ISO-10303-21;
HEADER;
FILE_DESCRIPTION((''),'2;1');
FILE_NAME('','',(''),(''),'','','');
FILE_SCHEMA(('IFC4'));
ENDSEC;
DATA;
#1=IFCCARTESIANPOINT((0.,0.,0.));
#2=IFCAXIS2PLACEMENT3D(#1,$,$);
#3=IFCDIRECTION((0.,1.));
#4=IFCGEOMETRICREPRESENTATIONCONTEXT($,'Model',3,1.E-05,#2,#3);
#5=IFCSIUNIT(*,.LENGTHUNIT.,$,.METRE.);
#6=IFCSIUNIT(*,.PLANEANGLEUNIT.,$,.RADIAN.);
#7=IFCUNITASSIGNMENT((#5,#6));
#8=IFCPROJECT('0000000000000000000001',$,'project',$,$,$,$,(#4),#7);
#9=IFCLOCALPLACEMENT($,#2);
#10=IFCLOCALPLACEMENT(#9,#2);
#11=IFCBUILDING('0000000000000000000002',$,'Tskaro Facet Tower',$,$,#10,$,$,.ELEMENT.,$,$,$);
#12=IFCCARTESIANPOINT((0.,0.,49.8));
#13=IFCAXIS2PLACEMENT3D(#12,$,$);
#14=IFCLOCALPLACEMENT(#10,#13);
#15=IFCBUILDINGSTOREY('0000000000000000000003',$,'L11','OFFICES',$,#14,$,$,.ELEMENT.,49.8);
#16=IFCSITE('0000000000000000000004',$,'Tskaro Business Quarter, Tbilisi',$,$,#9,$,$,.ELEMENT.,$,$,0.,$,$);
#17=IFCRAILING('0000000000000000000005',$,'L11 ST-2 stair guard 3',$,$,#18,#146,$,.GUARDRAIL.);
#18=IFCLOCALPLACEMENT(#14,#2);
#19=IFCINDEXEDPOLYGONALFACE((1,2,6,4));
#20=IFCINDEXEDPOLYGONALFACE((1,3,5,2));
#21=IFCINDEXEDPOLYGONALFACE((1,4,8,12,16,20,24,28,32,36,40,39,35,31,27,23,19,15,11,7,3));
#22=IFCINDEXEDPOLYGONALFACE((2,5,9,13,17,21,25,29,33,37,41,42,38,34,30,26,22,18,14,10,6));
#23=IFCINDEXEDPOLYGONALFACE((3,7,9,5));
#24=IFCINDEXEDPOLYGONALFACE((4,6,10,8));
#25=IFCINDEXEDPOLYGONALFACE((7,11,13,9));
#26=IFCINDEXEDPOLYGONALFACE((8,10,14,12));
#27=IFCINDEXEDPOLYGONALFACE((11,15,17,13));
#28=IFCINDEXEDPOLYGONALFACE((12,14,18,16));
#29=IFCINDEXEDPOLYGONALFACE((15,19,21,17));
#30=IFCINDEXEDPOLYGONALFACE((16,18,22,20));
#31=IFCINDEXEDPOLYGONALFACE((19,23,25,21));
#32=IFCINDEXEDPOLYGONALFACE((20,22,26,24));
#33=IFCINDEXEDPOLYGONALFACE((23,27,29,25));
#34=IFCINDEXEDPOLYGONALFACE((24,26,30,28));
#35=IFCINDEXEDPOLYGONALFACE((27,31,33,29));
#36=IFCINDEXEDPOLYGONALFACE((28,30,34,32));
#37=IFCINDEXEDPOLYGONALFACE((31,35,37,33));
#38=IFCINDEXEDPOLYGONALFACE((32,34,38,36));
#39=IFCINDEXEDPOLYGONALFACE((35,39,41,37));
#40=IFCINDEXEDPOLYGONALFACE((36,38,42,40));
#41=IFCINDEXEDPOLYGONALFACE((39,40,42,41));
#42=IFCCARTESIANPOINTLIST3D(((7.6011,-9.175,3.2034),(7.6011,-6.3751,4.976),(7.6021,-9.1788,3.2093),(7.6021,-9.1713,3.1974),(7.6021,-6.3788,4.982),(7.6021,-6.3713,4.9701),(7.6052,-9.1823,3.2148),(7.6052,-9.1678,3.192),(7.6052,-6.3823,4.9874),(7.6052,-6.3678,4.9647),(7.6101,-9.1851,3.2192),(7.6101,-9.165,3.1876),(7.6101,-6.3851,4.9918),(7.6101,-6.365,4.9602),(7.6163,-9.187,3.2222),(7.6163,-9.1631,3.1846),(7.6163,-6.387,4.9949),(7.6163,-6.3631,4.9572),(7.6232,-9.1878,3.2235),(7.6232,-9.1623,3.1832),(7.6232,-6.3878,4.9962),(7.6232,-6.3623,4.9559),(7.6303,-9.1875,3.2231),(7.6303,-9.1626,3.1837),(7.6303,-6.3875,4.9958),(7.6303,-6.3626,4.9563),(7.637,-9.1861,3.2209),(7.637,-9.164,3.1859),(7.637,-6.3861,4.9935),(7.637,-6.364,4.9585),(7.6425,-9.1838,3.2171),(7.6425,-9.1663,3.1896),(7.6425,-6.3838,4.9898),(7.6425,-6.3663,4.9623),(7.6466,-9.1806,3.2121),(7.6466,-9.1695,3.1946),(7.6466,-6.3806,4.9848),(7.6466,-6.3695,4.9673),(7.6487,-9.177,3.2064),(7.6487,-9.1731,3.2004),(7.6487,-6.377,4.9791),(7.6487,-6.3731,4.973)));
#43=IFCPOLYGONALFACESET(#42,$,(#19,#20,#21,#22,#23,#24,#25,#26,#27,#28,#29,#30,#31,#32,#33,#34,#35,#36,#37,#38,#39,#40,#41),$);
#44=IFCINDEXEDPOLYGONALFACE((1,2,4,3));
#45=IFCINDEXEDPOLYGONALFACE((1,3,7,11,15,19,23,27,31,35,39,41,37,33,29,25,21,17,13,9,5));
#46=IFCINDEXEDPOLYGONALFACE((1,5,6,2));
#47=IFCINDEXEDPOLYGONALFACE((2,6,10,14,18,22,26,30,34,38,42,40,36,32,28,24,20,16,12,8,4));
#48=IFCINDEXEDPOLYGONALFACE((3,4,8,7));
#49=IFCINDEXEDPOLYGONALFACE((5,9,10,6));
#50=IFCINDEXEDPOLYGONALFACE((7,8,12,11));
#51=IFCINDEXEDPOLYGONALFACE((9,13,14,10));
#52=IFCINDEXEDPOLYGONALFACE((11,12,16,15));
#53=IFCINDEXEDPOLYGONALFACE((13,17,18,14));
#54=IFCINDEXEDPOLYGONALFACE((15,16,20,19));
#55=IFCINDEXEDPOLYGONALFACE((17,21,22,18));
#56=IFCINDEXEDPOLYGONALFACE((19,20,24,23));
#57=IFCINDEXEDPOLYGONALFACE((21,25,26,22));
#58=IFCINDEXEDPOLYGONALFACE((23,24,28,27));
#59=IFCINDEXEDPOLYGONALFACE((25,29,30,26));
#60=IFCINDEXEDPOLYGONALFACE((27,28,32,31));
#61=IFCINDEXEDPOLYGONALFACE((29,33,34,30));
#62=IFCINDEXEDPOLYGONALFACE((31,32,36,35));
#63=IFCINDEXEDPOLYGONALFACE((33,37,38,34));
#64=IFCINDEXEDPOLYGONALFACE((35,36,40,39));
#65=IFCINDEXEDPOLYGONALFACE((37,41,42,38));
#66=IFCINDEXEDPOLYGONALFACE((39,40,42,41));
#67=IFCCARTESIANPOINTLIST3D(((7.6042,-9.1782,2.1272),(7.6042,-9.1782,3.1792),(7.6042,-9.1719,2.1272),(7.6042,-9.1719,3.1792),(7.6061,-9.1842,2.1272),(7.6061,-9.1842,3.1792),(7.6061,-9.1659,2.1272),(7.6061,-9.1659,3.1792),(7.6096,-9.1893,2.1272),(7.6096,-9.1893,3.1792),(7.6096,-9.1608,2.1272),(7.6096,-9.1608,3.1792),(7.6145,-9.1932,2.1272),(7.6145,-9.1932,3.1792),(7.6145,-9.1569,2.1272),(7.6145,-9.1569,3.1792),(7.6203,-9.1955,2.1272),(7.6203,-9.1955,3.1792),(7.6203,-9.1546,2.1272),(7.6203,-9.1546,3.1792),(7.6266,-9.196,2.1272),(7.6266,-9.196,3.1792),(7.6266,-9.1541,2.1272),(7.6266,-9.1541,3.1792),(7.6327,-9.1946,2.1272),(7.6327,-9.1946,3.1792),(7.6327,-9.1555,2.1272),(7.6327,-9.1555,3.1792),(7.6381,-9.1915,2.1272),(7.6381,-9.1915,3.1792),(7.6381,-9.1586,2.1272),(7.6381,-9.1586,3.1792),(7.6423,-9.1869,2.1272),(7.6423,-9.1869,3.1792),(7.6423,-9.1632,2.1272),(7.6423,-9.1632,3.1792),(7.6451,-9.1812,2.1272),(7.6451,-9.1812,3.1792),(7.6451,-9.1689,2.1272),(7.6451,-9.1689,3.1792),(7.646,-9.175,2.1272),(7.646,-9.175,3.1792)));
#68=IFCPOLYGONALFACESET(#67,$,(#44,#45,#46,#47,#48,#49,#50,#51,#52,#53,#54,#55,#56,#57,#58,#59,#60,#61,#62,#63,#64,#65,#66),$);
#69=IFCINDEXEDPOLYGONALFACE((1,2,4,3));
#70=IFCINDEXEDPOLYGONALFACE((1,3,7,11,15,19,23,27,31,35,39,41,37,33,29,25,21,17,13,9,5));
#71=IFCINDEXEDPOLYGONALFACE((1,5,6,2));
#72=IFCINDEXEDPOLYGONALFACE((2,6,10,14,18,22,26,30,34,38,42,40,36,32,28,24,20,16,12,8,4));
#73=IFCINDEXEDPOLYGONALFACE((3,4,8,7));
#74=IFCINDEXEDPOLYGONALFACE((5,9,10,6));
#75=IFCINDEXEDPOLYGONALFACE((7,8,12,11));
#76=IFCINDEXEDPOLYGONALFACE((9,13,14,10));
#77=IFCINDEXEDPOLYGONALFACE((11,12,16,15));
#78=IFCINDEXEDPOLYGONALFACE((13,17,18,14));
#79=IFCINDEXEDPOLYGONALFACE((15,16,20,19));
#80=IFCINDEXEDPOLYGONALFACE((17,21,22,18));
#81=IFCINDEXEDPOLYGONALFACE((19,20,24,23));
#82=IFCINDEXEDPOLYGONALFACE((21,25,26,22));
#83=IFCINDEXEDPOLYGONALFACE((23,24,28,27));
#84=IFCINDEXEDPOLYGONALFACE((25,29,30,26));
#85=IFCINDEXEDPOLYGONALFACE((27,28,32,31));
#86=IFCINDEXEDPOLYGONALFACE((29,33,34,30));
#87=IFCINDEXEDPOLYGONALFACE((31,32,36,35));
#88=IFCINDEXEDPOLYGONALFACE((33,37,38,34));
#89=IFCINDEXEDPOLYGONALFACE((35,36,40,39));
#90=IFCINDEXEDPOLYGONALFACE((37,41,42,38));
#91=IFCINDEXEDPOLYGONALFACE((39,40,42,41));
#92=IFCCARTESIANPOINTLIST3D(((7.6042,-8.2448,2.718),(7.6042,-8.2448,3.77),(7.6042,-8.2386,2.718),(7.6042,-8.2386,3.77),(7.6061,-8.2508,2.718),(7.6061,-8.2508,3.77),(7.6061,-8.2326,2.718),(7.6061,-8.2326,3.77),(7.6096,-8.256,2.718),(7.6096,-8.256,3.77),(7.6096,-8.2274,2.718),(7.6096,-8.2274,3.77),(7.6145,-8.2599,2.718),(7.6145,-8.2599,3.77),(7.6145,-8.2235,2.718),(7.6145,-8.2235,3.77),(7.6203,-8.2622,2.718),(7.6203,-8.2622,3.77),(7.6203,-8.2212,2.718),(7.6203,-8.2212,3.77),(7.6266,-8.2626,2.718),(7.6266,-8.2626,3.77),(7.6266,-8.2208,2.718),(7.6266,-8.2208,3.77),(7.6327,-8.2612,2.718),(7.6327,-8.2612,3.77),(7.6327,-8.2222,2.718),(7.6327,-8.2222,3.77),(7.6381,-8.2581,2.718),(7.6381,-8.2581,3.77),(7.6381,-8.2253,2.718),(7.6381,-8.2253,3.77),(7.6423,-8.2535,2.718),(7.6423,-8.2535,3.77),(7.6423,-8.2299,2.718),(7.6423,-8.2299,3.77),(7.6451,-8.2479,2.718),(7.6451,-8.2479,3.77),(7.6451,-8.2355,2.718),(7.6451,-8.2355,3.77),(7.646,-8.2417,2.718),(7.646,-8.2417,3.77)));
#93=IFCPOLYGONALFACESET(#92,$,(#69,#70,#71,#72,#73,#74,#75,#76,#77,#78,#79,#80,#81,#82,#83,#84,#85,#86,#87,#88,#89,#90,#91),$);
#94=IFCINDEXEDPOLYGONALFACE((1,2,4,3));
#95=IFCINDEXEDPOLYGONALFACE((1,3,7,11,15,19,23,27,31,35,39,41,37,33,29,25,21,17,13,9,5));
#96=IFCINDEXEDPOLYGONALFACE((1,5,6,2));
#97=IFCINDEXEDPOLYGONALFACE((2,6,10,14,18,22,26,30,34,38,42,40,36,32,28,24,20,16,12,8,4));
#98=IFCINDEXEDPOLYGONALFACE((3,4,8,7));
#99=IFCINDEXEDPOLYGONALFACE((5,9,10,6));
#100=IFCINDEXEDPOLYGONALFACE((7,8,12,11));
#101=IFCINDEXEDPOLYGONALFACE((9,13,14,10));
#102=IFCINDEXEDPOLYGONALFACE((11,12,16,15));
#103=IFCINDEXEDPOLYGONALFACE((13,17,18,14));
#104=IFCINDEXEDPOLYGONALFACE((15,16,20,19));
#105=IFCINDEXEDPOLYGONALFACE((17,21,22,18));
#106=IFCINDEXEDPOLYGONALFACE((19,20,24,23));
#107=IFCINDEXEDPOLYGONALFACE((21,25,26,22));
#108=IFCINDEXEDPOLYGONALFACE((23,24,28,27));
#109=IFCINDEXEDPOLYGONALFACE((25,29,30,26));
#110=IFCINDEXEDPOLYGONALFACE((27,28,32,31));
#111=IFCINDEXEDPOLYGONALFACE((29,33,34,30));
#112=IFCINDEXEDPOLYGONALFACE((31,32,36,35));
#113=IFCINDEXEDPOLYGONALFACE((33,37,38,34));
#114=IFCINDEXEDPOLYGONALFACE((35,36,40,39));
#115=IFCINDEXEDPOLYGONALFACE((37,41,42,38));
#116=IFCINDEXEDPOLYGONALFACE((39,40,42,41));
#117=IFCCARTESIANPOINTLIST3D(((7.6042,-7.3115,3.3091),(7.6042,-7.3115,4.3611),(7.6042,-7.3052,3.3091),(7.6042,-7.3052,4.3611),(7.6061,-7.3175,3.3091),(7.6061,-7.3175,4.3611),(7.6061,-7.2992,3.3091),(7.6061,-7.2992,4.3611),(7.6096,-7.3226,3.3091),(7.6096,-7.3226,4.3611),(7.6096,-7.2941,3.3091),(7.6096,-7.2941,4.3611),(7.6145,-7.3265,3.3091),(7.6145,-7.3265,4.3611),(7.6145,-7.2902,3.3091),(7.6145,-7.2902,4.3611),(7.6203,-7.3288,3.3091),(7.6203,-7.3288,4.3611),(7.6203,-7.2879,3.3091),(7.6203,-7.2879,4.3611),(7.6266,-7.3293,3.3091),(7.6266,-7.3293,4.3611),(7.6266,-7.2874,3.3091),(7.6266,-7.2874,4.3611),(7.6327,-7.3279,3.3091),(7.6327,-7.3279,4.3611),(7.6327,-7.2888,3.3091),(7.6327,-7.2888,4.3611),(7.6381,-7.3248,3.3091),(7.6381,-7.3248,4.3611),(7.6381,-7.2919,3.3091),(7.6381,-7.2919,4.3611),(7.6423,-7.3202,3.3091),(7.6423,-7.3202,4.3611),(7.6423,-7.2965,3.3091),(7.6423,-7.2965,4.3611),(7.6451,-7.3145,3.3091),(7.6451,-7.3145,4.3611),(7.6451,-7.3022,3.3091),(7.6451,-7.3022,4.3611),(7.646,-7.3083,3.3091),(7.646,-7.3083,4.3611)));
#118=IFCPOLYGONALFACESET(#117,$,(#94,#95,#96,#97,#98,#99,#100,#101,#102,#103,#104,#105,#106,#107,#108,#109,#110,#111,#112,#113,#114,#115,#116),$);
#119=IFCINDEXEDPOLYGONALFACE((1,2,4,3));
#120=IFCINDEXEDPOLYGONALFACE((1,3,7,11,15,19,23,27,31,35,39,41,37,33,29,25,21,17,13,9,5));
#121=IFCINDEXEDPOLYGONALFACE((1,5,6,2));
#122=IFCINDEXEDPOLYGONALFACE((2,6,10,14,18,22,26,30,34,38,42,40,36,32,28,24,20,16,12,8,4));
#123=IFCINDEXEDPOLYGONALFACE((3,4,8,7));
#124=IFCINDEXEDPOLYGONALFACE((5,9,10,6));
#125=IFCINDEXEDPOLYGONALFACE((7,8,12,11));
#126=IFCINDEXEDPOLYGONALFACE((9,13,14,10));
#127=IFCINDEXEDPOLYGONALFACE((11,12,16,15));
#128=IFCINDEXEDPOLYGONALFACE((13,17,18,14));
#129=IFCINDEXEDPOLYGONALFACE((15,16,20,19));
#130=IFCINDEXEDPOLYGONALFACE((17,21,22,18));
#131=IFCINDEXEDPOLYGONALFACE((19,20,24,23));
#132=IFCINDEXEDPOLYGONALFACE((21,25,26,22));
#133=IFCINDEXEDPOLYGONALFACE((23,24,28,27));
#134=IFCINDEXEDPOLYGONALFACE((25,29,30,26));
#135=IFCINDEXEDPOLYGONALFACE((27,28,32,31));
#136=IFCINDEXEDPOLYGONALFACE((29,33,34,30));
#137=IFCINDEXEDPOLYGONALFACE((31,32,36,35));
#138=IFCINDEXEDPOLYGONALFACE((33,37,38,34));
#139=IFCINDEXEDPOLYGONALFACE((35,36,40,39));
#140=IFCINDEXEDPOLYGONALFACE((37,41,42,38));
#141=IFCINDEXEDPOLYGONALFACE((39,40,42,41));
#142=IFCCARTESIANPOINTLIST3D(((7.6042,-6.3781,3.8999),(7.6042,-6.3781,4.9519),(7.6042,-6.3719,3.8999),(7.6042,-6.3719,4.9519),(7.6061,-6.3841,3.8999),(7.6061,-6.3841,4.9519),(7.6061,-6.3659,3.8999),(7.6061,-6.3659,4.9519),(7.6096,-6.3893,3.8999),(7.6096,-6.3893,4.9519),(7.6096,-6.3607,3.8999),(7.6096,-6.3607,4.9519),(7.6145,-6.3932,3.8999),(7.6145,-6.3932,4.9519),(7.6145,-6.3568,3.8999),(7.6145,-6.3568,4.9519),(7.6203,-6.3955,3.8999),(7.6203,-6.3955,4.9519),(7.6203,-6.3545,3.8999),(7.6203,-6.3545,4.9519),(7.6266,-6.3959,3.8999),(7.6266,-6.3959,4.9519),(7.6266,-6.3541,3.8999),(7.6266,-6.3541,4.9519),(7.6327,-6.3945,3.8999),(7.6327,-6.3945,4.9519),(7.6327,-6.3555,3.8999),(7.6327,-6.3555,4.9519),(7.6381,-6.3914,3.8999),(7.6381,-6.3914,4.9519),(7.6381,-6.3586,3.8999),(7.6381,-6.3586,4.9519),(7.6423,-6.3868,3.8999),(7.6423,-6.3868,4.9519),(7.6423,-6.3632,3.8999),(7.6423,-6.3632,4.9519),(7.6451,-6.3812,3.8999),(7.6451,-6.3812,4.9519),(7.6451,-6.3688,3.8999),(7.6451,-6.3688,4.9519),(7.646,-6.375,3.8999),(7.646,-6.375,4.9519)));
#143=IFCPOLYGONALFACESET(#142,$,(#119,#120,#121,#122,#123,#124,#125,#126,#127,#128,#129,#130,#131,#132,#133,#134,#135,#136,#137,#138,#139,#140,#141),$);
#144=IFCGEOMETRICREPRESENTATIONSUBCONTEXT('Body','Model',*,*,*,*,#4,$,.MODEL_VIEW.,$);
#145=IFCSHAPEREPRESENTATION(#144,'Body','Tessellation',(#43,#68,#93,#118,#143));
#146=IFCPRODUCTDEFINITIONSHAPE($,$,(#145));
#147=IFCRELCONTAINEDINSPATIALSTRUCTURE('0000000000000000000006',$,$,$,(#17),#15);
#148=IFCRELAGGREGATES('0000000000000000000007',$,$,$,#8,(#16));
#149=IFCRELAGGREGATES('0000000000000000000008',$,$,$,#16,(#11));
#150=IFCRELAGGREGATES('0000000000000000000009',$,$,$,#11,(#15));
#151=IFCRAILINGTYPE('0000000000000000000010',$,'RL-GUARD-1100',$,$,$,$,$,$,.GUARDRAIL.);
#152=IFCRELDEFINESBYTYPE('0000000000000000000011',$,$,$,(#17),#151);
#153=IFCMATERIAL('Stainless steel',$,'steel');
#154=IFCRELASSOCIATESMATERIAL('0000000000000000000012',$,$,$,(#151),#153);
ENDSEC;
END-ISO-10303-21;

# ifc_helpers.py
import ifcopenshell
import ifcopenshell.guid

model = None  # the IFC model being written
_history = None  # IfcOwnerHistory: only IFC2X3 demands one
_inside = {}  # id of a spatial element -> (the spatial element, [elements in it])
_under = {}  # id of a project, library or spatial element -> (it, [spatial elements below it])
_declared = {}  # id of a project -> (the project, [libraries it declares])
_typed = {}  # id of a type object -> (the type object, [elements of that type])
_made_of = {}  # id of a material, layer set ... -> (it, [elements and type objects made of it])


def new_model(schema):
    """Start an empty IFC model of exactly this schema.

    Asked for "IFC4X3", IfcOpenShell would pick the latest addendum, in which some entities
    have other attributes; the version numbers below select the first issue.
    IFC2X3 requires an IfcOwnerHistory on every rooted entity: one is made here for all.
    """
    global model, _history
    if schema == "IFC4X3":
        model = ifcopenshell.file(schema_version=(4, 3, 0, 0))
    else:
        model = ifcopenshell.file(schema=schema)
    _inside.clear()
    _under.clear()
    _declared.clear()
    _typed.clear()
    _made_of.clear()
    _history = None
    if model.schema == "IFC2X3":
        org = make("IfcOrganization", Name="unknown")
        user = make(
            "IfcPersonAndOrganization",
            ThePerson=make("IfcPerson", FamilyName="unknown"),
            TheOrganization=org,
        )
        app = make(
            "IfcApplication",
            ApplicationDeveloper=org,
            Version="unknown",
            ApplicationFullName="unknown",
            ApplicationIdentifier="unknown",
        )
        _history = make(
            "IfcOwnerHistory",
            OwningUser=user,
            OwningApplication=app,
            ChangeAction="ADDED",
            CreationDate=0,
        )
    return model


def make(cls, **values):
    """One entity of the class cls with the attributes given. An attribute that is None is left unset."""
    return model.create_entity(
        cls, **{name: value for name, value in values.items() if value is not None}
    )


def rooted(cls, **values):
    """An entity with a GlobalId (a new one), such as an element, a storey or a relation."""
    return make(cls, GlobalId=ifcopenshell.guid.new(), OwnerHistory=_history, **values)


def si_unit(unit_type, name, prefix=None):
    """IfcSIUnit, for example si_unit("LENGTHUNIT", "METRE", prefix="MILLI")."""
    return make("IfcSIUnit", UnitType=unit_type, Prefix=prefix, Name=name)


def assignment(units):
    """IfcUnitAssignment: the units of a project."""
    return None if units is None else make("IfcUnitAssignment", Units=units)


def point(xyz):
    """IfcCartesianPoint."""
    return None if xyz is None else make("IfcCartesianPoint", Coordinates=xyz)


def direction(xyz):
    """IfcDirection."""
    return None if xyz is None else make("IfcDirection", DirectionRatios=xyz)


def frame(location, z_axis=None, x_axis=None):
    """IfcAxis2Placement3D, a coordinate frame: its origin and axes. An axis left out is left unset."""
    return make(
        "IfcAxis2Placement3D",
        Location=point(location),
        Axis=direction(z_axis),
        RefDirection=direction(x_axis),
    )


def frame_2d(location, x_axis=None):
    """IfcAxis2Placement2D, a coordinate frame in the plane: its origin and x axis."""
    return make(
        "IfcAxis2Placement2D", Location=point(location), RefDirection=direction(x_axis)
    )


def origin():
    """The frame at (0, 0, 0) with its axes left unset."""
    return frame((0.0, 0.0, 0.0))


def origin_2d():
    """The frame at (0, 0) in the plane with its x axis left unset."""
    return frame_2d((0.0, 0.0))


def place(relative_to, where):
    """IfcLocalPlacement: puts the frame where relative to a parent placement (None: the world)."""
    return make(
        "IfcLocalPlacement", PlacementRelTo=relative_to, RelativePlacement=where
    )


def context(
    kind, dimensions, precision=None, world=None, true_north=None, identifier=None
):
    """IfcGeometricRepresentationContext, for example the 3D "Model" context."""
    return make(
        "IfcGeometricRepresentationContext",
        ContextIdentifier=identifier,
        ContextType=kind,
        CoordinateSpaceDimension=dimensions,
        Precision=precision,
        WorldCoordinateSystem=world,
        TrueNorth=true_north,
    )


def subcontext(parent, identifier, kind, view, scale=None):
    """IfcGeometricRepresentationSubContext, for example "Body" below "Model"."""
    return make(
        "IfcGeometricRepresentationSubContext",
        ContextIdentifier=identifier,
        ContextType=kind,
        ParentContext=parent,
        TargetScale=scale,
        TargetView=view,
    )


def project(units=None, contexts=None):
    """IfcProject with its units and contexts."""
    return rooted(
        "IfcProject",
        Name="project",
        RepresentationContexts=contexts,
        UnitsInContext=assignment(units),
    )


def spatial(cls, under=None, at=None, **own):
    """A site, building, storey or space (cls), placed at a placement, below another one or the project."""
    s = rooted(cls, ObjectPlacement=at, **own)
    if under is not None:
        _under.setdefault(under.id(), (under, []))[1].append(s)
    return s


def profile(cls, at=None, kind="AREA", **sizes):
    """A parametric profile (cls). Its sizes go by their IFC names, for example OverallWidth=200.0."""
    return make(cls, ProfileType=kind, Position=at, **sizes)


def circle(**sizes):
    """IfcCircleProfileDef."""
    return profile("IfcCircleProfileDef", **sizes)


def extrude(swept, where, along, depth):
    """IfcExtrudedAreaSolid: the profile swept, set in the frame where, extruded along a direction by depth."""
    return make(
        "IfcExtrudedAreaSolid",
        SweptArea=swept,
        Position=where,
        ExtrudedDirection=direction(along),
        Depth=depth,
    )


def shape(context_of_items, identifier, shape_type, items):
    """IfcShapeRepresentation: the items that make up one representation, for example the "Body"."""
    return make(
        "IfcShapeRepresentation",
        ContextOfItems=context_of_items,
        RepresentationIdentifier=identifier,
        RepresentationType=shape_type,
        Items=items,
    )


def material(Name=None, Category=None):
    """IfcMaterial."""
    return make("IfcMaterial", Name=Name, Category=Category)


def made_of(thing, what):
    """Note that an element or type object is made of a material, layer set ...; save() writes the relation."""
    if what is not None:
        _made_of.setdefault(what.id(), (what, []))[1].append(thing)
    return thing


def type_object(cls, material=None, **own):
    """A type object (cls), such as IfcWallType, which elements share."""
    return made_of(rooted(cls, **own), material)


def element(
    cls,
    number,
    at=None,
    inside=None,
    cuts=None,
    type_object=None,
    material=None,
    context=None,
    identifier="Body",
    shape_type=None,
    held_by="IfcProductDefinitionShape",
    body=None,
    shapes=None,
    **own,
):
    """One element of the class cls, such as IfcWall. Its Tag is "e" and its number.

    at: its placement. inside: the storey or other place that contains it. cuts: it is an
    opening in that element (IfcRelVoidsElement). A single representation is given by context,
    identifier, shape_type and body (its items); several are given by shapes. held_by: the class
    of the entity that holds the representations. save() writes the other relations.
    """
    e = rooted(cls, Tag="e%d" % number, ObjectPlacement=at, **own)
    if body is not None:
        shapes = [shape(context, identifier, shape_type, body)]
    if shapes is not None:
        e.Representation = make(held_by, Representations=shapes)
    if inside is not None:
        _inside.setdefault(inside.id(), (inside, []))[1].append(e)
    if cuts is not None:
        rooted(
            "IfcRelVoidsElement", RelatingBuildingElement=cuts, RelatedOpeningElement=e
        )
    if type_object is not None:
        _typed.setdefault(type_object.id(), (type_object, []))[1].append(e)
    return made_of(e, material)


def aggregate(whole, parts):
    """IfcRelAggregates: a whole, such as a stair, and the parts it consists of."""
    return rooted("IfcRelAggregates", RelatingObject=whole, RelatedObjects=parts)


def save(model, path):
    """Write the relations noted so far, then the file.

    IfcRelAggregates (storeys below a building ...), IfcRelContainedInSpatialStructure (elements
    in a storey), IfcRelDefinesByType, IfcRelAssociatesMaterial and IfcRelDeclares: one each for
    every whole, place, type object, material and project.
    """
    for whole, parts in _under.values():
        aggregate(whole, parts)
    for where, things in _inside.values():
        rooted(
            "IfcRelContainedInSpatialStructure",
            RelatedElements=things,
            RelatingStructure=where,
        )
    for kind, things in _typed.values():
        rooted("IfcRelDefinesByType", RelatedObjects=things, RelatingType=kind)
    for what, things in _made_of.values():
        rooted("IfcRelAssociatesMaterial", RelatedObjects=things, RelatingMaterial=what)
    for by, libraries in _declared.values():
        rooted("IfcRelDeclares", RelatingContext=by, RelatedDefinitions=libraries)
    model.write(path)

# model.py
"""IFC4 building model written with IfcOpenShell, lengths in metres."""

from ifc_helpers import new_model, si_unit, direction, frame, origin, origin_2d, place, context, subcontext, project, spatial, circle, extrude, material, type_object, element, save


model = new_model("IFC4")

# Units and contexts
model_context = context("Model", 3, precision=1e-05, world=origin(), true_north=direction((0.0, 1.0)))
body_context = subcontext(model_context, "Body", "Model", "MODEL_VIEW")
ifc_project = project(units=[si_unit("LENGTHUNIT", "METRE"), si_unit("PLANEANGLEUNIT", "RADIAN")], contexts=[model_context])

# Site, building, storey
site_placement = place(None, origin())
site = spatial("IfcSite", under=ifc_project, at=site_placement, Name="Tskaro Business Quarter, Tbilisi", CompositionType="ELEMENT", RefElevation=0.0)
building_placement = place(site_placement, origin())
building = spatial("IfcBuilding", under=site, at=building_placement, Name="Tskaro Facet Tower", CompositionType="ELEMENT")
storey_placement = place(building_placement, frame((0.0, 0.0, 49.8)))
storey = spatial("IfcBuildingStorey", under=building, at=storey_placement, Name="L11", Description="OFFICES", CompositionType="ELEMENT", Elevation=49.8)

# Shared definitions
ifc_material_1 = material(Name="Stainless steel", Category="steel")

# Railing
railing_type_1 = type_object("IfcRailingType", Name="RL-GUARD-1100", PredefinedType="GUARDRAIL", material=ifc_material_1)
railing_1_placement = place(storey_placement, frame((7.625, -9.175, 2.1272)))
element("IfcRailing", 1, at=railing_1_placement, inside=storey, type_object=railing_type_1, Name="L11 ST-2 stair guard 3", PredefinedType="GUARDRAIL", context=body_context, shape_type="SweptSolid", body=[
    extrude(circle(Radius=0.0239, at=origin_2d()), frame((0.0, 0.0, 1.0762), z_axis=(0.0, 0.844909, 0.53491), x_axis=(-1.0, 0.0, 0.0)), (0.0, 0.0, 1.0), 3.314),
    extrude(circle(Radius=0.021, at=origin_2d()), origin(), (0.0, 0.0, 1.0), 1.052),
    extrude(circle(Radius=0.021, at=origin_2d()), frame((0.0, 0.9333, 0.5908)), (0.0, 0.0, 1.0), 1.052),
    extrude(circle(Radius=0.021, at=origin_2d()), frame((0.0, 1.8667, 1.1819)), (0.0, 0.0, 1.0), 1.052),
    extrude(circle(Radius=0.021, at=origin_2d()), frame((0.0, 2.8, 1.7727)), (0.0, 0.0, 1.0), 1.052),
])

save(model, "model.ifc")
